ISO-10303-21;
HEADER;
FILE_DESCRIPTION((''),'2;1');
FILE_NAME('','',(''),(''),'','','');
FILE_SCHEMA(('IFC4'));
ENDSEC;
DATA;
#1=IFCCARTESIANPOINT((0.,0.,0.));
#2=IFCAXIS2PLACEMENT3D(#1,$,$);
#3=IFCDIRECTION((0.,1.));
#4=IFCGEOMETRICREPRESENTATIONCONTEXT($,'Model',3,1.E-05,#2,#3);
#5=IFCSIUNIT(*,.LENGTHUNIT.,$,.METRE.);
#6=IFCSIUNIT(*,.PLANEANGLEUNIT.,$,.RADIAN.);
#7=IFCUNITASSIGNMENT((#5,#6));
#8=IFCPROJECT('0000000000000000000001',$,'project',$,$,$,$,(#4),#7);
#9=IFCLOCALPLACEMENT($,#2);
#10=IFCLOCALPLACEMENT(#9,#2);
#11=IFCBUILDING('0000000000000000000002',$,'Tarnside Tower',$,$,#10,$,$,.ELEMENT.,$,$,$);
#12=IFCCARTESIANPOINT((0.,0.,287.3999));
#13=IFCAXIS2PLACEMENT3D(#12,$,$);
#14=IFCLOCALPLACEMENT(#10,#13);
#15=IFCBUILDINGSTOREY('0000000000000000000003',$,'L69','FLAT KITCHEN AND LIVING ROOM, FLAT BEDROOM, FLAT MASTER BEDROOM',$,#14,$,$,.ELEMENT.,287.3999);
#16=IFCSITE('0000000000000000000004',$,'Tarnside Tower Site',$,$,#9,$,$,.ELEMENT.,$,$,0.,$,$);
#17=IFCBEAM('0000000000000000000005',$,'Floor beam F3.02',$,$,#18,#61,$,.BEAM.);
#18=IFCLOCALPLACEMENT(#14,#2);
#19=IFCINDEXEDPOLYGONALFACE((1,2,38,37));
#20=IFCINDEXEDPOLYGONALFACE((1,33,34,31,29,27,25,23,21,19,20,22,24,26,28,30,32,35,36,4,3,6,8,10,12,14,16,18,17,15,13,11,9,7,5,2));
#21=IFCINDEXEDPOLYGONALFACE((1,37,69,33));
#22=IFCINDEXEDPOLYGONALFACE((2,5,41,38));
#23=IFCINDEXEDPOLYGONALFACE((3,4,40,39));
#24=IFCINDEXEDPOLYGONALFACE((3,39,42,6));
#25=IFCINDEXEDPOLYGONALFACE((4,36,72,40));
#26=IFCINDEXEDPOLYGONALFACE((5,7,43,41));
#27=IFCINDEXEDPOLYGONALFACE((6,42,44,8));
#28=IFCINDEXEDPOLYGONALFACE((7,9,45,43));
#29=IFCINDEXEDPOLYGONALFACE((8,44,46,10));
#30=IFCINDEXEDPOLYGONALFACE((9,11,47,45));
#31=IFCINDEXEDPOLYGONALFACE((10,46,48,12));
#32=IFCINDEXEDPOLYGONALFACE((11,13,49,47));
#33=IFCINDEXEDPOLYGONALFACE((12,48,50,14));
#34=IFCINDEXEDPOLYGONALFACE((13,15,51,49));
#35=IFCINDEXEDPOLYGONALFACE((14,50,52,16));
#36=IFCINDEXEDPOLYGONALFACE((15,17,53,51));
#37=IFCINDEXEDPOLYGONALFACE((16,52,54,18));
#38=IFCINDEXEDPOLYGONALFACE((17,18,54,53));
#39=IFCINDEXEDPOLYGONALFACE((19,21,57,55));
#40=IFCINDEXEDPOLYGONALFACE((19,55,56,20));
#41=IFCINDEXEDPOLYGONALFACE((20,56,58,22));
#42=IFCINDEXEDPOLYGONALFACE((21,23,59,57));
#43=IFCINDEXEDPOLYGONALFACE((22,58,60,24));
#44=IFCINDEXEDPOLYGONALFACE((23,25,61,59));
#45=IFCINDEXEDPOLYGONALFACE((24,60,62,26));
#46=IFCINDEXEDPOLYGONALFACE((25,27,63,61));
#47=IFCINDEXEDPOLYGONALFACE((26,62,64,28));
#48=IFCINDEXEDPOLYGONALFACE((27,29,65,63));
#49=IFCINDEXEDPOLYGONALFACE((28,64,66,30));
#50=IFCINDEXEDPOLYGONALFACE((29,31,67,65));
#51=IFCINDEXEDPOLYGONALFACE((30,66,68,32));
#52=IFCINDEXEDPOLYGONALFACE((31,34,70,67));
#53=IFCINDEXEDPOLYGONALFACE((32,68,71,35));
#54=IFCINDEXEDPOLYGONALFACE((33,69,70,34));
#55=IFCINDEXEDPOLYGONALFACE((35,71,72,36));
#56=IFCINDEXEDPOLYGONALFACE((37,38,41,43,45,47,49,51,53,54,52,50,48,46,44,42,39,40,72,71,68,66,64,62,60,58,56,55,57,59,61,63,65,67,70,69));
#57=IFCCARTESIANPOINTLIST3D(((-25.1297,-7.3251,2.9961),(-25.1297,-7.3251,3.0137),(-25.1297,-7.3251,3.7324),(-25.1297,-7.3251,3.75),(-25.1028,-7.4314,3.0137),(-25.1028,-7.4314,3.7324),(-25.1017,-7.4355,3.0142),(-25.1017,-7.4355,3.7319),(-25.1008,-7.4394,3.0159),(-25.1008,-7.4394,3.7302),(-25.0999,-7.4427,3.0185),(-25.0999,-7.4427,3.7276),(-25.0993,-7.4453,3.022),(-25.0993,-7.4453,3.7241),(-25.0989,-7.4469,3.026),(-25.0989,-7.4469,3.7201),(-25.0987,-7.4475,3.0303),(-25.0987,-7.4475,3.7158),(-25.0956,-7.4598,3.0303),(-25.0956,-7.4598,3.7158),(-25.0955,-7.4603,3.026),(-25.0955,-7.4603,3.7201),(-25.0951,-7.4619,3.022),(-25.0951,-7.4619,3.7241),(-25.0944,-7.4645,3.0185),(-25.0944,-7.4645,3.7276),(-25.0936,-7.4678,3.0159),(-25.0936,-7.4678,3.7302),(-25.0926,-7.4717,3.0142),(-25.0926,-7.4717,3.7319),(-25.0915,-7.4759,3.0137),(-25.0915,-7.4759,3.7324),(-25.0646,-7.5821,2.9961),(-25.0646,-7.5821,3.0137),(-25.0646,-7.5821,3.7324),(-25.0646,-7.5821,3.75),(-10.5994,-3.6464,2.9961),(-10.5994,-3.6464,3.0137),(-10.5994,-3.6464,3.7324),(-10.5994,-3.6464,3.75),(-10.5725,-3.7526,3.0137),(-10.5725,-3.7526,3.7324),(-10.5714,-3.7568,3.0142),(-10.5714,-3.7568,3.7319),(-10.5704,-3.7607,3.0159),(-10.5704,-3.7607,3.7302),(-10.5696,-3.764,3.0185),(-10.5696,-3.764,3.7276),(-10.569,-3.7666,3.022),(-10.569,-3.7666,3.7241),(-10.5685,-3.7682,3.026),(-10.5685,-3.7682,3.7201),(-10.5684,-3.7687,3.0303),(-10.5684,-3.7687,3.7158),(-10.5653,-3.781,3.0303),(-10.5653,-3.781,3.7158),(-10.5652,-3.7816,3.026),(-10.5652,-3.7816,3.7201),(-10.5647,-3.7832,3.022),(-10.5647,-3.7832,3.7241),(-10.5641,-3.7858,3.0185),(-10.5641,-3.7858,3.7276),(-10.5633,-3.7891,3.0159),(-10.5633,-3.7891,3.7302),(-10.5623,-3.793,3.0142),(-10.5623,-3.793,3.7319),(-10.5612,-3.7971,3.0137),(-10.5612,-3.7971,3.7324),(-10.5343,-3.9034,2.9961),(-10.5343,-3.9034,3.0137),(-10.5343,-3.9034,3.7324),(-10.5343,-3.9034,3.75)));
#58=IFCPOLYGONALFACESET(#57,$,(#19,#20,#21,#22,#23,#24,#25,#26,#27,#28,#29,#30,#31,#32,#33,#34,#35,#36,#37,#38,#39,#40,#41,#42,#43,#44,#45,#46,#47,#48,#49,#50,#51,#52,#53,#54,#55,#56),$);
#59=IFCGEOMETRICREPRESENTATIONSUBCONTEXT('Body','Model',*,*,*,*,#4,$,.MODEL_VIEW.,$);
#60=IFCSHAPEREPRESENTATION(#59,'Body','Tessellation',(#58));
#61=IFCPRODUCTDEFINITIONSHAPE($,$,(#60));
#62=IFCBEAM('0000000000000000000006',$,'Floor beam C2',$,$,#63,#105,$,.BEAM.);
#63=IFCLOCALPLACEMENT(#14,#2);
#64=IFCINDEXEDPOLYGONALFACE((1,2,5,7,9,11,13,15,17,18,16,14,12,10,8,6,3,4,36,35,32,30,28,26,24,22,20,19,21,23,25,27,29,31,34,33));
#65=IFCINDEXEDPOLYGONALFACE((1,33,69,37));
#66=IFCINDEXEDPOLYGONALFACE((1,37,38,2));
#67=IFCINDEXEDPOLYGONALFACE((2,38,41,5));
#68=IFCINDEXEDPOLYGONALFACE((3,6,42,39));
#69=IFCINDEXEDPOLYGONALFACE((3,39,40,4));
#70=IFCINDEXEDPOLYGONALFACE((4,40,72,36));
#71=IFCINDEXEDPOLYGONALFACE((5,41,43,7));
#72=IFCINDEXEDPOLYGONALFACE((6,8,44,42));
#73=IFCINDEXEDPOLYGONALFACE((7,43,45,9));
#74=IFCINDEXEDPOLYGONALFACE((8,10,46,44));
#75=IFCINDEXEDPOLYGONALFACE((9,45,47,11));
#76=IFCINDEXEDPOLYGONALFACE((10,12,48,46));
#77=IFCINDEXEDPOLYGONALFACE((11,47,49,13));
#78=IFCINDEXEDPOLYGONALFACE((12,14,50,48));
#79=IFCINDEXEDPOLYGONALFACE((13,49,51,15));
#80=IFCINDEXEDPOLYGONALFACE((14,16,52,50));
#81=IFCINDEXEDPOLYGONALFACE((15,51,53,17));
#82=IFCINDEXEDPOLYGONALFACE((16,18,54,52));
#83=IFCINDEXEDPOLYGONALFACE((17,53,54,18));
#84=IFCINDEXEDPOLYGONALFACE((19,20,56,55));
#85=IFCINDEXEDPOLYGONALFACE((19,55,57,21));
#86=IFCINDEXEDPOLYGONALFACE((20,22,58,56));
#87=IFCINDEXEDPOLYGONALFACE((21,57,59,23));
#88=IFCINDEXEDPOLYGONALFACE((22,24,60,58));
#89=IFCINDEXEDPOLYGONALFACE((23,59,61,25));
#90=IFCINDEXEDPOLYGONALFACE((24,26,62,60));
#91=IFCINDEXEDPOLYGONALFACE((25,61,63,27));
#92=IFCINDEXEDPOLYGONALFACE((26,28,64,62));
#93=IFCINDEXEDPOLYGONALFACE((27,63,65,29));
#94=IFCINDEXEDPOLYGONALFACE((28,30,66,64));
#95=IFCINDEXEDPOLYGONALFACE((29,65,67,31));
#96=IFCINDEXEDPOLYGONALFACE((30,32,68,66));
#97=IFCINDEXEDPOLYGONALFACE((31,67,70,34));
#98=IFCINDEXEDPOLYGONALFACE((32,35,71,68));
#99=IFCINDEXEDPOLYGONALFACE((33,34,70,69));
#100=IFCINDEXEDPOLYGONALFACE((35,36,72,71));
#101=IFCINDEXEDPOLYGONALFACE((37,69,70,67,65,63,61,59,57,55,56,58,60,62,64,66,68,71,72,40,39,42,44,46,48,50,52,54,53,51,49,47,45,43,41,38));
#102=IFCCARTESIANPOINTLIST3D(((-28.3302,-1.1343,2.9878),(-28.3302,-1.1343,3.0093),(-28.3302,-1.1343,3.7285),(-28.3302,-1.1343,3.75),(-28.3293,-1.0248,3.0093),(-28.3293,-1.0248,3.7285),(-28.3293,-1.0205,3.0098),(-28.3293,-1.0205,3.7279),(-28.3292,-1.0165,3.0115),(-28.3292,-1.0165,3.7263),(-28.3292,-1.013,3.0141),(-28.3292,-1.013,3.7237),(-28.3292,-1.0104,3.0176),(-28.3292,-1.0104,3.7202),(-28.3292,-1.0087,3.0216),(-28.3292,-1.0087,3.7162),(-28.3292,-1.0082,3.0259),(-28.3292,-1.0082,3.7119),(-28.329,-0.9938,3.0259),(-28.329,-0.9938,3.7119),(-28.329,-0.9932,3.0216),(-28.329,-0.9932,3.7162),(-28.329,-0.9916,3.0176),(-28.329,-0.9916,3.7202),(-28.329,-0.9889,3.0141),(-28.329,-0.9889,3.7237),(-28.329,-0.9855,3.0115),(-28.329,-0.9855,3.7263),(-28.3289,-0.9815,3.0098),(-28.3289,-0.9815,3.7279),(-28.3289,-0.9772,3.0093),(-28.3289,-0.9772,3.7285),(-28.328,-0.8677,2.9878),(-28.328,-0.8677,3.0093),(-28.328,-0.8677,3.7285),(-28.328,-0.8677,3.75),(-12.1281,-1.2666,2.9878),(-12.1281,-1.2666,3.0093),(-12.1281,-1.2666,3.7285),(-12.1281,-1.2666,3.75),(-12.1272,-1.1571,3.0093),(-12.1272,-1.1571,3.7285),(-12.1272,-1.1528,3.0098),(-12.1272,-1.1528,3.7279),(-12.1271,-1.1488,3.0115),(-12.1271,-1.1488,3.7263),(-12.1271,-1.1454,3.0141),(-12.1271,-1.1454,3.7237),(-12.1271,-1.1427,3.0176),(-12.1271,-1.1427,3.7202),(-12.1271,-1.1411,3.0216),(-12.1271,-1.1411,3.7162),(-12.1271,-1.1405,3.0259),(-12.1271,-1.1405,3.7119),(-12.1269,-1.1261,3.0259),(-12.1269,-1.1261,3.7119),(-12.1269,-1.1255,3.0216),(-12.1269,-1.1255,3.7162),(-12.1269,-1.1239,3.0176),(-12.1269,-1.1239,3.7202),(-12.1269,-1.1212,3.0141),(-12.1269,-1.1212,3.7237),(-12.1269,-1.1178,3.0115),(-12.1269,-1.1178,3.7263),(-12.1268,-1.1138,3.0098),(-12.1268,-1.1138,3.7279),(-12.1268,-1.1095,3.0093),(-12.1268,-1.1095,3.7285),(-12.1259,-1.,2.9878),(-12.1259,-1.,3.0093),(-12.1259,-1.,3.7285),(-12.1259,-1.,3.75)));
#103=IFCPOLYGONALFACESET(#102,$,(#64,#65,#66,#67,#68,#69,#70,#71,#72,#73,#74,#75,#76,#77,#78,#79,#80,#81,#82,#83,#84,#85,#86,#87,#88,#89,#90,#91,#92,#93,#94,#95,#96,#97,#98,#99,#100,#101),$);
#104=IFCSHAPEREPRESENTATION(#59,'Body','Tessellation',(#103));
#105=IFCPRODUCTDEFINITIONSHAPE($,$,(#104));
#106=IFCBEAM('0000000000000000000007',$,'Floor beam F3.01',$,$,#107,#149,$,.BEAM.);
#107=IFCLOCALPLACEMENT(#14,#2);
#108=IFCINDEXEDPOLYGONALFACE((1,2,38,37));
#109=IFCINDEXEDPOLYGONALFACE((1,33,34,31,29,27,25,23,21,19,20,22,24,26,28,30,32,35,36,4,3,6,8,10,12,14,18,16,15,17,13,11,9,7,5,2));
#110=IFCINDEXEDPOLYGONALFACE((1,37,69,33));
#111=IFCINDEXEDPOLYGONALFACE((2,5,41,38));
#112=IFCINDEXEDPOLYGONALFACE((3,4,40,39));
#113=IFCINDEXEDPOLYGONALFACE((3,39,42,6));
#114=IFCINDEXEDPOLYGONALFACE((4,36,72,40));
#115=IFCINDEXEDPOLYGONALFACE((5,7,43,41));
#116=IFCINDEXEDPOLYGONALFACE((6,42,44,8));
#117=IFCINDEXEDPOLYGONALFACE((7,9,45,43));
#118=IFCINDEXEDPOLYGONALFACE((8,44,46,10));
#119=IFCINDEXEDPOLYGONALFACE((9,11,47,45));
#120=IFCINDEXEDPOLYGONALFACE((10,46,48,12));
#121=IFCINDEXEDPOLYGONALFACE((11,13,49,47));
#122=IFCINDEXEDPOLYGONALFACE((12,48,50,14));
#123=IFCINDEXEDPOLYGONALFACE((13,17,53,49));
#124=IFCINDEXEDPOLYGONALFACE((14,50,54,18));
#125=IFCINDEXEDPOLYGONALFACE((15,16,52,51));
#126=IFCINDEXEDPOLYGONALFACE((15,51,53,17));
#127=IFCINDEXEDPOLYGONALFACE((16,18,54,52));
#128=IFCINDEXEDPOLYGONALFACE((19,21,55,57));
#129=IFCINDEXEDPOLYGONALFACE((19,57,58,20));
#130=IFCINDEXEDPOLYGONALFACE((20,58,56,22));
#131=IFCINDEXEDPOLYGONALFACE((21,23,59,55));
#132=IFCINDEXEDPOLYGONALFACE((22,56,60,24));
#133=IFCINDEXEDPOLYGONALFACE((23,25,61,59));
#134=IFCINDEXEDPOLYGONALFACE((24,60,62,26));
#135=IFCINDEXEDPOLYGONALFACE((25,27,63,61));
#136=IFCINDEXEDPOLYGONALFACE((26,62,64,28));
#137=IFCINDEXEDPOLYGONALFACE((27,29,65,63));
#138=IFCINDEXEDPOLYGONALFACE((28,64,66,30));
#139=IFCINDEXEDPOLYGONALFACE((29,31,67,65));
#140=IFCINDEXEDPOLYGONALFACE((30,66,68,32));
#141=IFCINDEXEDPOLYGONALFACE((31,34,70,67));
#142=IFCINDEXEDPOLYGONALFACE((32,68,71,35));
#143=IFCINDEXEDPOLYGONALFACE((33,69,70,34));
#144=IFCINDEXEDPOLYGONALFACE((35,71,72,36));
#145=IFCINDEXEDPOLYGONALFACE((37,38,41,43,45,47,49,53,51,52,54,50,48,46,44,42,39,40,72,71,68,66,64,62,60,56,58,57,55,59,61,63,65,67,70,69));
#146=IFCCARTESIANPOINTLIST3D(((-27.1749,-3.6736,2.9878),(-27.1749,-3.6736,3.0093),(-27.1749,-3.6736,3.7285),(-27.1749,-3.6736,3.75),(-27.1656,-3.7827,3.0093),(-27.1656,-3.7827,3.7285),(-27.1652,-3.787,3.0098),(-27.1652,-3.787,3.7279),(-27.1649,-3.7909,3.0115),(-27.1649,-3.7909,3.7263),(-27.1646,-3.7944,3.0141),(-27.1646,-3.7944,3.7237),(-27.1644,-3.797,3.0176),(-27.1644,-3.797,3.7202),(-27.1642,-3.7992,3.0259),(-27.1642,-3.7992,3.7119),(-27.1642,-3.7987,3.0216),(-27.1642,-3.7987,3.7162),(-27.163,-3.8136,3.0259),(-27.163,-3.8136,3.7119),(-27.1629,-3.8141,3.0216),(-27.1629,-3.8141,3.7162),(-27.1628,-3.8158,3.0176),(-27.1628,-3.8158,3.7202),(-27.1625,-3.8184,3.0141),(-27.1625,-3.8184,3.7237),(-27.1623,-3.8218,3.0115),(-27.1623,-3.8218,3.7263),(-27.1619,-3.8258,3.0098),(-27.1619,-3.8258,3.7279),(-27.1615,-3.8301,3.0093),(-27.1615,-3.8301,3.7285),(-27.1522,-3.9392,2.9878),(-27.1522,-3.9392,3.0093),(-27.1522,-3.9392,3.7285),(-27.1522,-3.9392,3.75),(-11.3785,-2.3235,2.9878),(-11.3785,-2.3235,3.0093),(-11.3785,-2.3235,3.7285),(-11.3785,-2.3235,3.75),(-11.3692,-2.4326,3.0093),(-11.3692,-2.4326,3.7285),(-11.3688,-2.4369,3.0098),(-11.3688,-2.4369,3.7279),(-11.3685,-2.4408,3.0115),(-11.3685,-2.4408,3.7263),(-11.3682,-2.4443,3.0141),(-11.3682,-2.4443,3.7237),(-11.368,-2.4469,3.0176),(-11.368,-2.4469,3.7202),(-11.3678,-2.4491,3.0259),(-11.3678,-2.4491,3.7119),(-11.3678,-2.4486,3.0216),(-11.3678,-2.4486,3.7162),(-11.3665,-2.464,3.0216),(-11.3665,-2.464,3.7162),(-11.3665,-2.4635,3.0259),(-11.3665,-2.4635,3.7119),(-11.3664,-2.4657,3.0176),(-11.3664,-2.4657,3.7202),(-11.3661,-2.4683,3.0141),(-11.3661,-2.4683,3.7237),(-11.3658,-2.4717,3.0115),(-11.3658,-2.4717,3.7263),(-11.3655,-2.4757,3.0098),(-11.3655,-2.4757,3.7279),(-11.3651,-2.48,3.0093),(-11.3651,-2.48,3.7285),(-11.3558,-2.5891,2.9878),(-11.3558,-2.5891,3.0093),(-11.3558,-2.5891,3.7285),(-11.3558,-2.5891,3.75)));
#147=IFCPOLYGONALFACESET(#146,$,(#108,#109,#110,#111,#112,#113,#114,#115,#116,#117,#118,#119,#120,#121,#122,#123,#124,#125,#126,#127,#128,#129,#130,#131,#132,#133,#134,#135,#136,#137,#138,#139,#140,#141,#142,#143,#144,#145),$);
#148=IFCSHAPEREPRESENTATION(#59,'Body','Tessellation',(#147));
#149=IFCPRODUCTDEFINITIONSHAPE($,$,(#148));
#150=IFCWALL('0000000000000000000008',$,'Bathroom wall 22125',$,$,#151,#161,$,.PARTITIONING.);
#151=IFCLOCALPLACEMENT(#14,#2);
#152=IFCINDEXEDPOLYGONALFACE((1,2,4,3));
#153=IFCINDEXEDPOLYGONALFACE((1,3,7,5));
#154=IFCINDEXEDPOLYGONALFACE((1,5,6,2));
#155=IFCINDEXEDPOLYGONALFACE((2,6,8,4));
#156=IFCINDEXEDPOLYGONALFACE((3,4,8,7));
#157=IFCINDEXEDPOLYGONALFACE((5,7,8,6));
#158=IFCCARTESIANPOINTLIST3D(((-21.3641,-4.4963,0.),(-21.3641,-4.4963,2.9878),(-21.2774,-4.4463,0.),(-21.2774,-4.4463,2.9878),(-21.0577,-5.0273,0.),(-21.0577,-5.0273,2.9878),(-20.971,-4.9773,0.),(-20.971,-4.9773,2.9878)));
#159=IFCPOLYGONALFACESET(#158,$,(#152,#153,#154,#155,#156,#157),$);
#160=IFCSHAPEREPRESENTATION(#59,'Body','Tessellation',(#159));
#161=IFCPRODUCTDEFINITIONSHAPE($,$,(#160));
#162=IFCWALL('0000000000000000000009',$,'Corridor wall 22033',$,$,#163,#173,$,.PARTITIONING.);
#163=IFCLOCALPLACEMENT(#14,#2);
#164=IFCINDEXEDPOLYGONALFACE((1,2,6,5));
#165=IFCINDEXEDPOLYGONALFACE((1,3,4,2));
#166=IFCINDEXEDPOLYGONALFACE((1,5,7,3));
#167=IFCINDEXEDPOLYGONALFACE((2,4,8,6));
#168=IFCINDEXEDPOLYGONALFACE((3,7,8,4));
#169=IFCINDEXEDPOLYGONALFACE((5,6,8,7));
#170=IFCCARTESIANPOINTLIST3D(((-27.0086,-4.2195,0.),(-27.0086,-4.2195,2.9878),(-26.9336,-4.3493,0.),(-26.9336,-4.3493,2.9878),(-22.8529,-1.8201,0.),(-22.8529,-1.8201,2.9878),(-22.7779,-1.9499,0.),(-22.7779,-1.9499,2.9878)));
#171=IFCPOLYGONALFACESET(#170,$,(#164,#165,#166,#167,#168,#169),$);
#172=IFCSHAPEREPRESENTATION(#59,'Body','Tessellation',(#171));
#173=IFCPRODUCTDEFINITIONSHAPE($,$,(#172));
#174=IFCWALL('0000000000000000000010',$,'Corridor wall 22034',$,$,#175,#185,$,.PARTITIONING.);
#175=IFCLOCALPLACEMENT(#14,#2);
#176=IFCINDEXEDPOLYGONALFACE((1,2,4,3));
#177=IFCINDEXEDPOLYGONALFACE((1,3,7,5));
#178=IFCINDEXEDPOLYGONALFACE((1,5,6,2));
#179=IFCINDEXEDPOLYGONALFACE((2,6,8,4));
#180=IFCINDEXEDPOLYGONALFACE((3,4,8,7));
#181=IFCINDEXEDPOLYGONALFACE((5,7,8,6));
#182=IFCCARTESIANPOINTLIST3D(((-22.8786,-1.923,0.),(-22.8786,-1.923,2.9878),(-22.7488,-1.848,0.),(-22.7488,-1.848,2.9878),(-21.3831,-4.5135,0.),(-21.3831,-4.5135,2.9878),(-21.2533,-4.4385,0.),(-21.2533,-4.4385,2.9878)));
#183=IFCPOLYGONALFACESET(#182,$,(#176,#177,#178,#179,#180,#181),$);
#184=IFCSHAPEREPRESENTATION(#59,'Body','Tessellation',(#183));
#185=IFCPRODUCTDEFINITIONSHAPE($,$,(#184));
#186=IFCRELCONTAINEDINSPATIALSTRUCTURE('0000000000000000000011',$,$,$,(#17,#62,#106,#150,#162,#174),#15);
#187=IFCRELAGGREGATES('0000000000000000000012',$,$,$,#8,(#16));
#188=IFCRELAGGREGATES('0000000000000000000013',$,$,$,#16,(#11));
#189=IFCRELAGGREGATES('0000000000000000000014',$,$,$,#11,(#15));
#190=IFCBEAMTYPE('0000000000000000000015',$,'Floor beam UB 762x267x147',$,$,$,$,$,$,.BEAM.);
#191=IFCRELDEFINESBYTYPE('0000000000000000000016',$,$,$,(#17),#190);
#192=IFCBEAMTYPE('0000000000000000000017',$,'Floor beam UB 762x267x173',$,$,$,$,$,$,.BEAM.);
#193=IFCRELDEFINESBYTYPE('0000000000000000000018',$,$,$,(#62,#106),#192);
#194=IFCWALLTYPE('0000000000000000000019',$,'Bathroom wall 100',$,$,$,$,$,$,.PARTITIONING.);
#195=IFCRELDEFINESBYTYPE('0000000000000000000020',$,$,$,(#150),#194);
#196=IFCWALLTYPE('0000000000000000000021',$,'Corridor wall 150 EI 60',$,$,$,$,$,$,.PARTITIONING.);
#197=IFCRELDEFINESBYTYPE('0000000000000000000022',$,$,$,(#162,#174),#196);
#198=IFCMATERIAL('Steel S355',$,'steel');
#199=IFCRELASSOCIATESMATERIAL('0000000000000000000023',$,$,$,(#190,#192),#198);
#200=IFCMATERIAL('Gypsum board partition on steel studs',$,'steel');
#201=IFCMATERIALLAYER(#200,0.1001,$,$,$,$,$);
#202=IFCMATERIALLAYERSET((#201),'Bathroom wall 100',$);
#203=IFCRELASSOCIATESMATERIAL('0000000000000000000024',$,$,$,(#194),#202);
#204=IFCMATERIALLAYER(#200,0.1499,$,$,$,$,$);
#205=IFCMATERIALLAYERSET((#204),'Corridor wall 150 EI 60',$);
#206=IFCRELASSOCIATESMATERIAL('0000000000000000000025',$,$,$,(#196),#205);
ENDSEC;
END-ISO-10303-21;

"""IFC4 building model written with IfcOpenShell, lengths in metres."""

from ifc_helpers import new_model, si_unit, direction, frame, frame_2d, origin, origin_2d, place, context, subcontext, project, spatial, rectangle, i_section, extrude, material, layer, layer_set, material_profile, profile_set, type_object, element, save


model = new_model("IFC4")

# Units and contexts
model_context = context("Model", 3, precision=1e-05, world=origin(), true_north=direction((0.0, 1.0)))
body_context = subcontext(model_context, "Body", "Model", "MODEL_VIEW")
ifc_project = project(units=[si_unit("LENGTHUNIT", "METRE"), si_unit("PLANEANGLEUNIT", "RADIAN")], contexts=[model_context])

# Site, building, storey
site_placement = place(None, origin())
site = spatial("IfcSite", under=ifc_project, at=site_placement, Name="Tarnside Tower Site", CompositionType="ELEMENT", RefElevation=0.0)
building_placement = place(site_placement, origin())
building = spatial("IfcBuilding", under=site, at=building_placement, Name="Tarnside Tower", CompositionType="ELEMENT")
storey_placement = place(building_placement, frame((0.0, 0.0, 287.3999)))
storey = spatial("IfcBuildingStorey", under=building, at=storey_placement, Name="L69", Description="FLAT KITCHEN AND LIVING ROOM, FLAT BEDROOM, FLAT MASTER BEDROOM", CompositionType="ELEMENT", Elevation=287.3999)

# Beams
ifc_material_1 = material(Name="Steel S355", Category="steel")
ifc_material_profile_1 = material_profile(ifc_material_1, i_section(OverallWidth=0.2651, OverallDepth=0.7539, WebThickness=0.0127, FlangeThickness=0.0176, FilletRadius=0.0166, at=origin_2d()), Name="UB 762x267x147")
ifc_profile_set_1 = profile_set([ifc_material_profile_1], Name="Steel S355")
beam_type_1 = type_object("IfcBeamType", Name="Floor beam UB 762x267x147", PredefinedType="BEAM", material=ifc_profile_set_1)
beam_1_placement = place(storey_placement, frame((-25.0972, -7.4536, 3.373), z_axis=(0.969414, 0.245432, 0.0), x_axis=(-0.245432, 0.969414, 0.0)))
element("IfcBeam", 1, at=beam_1_placement, inside=storey, type_object=beam_type_1, Name="Floor beam F3.02", PredefinedType="BEAM", context=body_context, shape_type="SweptSolid", body=[
    extrude(i_section(OverallWidth=0.2651, OverallDepth=0.7539, WebThickness=0.0127, FlangeThickness=0.0176, FilletRadius=0.0166, at=origin_2d()), origin(), (0.0, 0.0, 1.0), 14.9888),
])
ifc_material_profile_2 = material_profile(ifc_material_1, i_section(OverallWidth=0.2666, OverallDepth=0.7622, WebThickness=0.0144, FlangeThickness=0.0215, FilletRadius=0.0166, at=origin_2d()), Name="UB 762x267x173")
ifc_profile_set_2 = profile_set([ifc_material_profile_2], Name="Steel S355")
beam_type_2 = type_object("IfcBeamType", Name="Floor beam UB 762x267x173", PredefinedType="BEAM", material=ifc_profile_set_2)
beam_2_placement = place(storey_placement, frame((-28.3291, -1.001, 3.3689), z_axis=(0.999967, -0.008167, 0.0), x_axis=(0.008167, 0.999967, 0.0)))
element("IfcBeam", 2, at=beam_2_placement, inside=storey, type_object=beam_type_2, Name="Floor beam C2", PredefinedType="BEAM", context=body_context, shape_type="SweptSolid", body=[
    extrude(i_section(OverallWidth=0.2666, OverallDepth=0.7622, WebThickness=0.0144, FlangeThickness=0.0215, FilletRadius=0.0166, at=origin_2d()), origin(), (0.0, 0.0, 1.0), 16.2026),
])
beam_3_placement = place(storey_placement, frame((-27.1636, -3.8064, 3.3689), z_axis=(0.996367, 0.085158, 0.0), x_axis=(-0.085158, 0.996367, 0.0)))
element("IfcBeam", 3, at=beam_3_placement, inside=storey, type_object=beam_type_2, Name="Floor beam F3.01", PredefinedType="BEAM", context=body_context, shape_type="SweptSolid", body=[
    extrude(i_section(OverallWidth=0.2666, OverallDepth=0.7622, WebThickness=0.0144, FlangeThickness=0.0215, FilletRadius=0.0166, at=origin_2d()), origin(), (0.0, 0.0, 1.0), 15.854),
])

# Walls
ifc_material_2 = material(Name="Gypsum board partition on steel studs", Category="steel")
ifc_layer_1 = layer(ifc_material_2, 0.1001)
ifc_layer_set_1 = layer_set([ifc_layer_1], Name="Bathroom wall 100")
wall_type_1 = type_object("IfcWallType", Name="Bathroom wall 100", PredefinedType="PARTITIONING", material=ifc_layer_set_1)
wall_1_placement = place(storey_placement, frame((-21.3208, -4.4712, 0.0), z_axis=(0.0, 0.0, 1.0), x_axis=(0.49978, -0.866152, 0.0)))
element("IfcWall", 4, at=wall_1_placement, inside=storey, type_object=wall_type_1, Name="Bathroom wall 22125", PredefinedType="PARTITIONING", context=body_context, shape_type="SweptSolid", body=[
    extrude(rectangle(XDim=0.613, YDim=0.1001, at=frame_2d((0.3066, 0.0))), origin(), (0.0, 0.0, 1.0), 2.9878),
])
ifc_layer_2 = layer(ifc_material_2, 0.1499)
ifc_layer_set_2 = layer_set([ifc_layer_2], Name="Corridor wall 150 EI 60")
wall_type_2 = type_object("IfcWallType", Name="Corridor wall 150 EI 60", PredefinedType="PARTITIONING", material=ifc_layer_set_2)
wall_2_placement = place(storey_placement, frame((-26.9712, -4.2844, 0.0), z_axis=(0.0, 0.0, 1.0), x_axis=(0.866018, 0.500013, 0.0)))
element("IfcWall", 5, at=wall_2_placement, inside=storey, type_object=wall_type_2, Name="Corridor wall 22033", PredefinedType="PARTITIONING", context=body_context, shape_type="SweptSolid", body=[
    extrude(rectangle(XDim=4.7986, YDim=0.1499, at=frame_2d((2.3994, 0.0))), origin(), (0.0, 0.0, 1.0), 2.9878),
])
wall_3_placement = place(storey_placement, frame((-22.8137, -1.8855, 0.0), z_axis=(0.0, 0.0, 1.0), x_axis=(0.499984, -0.866035, 0.0)))
element("IfcWall", 6, at=wall_3_placement, inside=storey, type_object=wall_type_2, Name="Corridor wall 22034", PredefinedType="PARTITIONING", context=body_context, shape_type="SweptSolid", body=[
    extrude(rectangle(XDim=2.9912, YDim=0.1499, at=frame_2d((1.4956, 0.0))), origin(), (0.0, 0.0, 1.0), 2.9878),
])

save(model, "model.ifc")
